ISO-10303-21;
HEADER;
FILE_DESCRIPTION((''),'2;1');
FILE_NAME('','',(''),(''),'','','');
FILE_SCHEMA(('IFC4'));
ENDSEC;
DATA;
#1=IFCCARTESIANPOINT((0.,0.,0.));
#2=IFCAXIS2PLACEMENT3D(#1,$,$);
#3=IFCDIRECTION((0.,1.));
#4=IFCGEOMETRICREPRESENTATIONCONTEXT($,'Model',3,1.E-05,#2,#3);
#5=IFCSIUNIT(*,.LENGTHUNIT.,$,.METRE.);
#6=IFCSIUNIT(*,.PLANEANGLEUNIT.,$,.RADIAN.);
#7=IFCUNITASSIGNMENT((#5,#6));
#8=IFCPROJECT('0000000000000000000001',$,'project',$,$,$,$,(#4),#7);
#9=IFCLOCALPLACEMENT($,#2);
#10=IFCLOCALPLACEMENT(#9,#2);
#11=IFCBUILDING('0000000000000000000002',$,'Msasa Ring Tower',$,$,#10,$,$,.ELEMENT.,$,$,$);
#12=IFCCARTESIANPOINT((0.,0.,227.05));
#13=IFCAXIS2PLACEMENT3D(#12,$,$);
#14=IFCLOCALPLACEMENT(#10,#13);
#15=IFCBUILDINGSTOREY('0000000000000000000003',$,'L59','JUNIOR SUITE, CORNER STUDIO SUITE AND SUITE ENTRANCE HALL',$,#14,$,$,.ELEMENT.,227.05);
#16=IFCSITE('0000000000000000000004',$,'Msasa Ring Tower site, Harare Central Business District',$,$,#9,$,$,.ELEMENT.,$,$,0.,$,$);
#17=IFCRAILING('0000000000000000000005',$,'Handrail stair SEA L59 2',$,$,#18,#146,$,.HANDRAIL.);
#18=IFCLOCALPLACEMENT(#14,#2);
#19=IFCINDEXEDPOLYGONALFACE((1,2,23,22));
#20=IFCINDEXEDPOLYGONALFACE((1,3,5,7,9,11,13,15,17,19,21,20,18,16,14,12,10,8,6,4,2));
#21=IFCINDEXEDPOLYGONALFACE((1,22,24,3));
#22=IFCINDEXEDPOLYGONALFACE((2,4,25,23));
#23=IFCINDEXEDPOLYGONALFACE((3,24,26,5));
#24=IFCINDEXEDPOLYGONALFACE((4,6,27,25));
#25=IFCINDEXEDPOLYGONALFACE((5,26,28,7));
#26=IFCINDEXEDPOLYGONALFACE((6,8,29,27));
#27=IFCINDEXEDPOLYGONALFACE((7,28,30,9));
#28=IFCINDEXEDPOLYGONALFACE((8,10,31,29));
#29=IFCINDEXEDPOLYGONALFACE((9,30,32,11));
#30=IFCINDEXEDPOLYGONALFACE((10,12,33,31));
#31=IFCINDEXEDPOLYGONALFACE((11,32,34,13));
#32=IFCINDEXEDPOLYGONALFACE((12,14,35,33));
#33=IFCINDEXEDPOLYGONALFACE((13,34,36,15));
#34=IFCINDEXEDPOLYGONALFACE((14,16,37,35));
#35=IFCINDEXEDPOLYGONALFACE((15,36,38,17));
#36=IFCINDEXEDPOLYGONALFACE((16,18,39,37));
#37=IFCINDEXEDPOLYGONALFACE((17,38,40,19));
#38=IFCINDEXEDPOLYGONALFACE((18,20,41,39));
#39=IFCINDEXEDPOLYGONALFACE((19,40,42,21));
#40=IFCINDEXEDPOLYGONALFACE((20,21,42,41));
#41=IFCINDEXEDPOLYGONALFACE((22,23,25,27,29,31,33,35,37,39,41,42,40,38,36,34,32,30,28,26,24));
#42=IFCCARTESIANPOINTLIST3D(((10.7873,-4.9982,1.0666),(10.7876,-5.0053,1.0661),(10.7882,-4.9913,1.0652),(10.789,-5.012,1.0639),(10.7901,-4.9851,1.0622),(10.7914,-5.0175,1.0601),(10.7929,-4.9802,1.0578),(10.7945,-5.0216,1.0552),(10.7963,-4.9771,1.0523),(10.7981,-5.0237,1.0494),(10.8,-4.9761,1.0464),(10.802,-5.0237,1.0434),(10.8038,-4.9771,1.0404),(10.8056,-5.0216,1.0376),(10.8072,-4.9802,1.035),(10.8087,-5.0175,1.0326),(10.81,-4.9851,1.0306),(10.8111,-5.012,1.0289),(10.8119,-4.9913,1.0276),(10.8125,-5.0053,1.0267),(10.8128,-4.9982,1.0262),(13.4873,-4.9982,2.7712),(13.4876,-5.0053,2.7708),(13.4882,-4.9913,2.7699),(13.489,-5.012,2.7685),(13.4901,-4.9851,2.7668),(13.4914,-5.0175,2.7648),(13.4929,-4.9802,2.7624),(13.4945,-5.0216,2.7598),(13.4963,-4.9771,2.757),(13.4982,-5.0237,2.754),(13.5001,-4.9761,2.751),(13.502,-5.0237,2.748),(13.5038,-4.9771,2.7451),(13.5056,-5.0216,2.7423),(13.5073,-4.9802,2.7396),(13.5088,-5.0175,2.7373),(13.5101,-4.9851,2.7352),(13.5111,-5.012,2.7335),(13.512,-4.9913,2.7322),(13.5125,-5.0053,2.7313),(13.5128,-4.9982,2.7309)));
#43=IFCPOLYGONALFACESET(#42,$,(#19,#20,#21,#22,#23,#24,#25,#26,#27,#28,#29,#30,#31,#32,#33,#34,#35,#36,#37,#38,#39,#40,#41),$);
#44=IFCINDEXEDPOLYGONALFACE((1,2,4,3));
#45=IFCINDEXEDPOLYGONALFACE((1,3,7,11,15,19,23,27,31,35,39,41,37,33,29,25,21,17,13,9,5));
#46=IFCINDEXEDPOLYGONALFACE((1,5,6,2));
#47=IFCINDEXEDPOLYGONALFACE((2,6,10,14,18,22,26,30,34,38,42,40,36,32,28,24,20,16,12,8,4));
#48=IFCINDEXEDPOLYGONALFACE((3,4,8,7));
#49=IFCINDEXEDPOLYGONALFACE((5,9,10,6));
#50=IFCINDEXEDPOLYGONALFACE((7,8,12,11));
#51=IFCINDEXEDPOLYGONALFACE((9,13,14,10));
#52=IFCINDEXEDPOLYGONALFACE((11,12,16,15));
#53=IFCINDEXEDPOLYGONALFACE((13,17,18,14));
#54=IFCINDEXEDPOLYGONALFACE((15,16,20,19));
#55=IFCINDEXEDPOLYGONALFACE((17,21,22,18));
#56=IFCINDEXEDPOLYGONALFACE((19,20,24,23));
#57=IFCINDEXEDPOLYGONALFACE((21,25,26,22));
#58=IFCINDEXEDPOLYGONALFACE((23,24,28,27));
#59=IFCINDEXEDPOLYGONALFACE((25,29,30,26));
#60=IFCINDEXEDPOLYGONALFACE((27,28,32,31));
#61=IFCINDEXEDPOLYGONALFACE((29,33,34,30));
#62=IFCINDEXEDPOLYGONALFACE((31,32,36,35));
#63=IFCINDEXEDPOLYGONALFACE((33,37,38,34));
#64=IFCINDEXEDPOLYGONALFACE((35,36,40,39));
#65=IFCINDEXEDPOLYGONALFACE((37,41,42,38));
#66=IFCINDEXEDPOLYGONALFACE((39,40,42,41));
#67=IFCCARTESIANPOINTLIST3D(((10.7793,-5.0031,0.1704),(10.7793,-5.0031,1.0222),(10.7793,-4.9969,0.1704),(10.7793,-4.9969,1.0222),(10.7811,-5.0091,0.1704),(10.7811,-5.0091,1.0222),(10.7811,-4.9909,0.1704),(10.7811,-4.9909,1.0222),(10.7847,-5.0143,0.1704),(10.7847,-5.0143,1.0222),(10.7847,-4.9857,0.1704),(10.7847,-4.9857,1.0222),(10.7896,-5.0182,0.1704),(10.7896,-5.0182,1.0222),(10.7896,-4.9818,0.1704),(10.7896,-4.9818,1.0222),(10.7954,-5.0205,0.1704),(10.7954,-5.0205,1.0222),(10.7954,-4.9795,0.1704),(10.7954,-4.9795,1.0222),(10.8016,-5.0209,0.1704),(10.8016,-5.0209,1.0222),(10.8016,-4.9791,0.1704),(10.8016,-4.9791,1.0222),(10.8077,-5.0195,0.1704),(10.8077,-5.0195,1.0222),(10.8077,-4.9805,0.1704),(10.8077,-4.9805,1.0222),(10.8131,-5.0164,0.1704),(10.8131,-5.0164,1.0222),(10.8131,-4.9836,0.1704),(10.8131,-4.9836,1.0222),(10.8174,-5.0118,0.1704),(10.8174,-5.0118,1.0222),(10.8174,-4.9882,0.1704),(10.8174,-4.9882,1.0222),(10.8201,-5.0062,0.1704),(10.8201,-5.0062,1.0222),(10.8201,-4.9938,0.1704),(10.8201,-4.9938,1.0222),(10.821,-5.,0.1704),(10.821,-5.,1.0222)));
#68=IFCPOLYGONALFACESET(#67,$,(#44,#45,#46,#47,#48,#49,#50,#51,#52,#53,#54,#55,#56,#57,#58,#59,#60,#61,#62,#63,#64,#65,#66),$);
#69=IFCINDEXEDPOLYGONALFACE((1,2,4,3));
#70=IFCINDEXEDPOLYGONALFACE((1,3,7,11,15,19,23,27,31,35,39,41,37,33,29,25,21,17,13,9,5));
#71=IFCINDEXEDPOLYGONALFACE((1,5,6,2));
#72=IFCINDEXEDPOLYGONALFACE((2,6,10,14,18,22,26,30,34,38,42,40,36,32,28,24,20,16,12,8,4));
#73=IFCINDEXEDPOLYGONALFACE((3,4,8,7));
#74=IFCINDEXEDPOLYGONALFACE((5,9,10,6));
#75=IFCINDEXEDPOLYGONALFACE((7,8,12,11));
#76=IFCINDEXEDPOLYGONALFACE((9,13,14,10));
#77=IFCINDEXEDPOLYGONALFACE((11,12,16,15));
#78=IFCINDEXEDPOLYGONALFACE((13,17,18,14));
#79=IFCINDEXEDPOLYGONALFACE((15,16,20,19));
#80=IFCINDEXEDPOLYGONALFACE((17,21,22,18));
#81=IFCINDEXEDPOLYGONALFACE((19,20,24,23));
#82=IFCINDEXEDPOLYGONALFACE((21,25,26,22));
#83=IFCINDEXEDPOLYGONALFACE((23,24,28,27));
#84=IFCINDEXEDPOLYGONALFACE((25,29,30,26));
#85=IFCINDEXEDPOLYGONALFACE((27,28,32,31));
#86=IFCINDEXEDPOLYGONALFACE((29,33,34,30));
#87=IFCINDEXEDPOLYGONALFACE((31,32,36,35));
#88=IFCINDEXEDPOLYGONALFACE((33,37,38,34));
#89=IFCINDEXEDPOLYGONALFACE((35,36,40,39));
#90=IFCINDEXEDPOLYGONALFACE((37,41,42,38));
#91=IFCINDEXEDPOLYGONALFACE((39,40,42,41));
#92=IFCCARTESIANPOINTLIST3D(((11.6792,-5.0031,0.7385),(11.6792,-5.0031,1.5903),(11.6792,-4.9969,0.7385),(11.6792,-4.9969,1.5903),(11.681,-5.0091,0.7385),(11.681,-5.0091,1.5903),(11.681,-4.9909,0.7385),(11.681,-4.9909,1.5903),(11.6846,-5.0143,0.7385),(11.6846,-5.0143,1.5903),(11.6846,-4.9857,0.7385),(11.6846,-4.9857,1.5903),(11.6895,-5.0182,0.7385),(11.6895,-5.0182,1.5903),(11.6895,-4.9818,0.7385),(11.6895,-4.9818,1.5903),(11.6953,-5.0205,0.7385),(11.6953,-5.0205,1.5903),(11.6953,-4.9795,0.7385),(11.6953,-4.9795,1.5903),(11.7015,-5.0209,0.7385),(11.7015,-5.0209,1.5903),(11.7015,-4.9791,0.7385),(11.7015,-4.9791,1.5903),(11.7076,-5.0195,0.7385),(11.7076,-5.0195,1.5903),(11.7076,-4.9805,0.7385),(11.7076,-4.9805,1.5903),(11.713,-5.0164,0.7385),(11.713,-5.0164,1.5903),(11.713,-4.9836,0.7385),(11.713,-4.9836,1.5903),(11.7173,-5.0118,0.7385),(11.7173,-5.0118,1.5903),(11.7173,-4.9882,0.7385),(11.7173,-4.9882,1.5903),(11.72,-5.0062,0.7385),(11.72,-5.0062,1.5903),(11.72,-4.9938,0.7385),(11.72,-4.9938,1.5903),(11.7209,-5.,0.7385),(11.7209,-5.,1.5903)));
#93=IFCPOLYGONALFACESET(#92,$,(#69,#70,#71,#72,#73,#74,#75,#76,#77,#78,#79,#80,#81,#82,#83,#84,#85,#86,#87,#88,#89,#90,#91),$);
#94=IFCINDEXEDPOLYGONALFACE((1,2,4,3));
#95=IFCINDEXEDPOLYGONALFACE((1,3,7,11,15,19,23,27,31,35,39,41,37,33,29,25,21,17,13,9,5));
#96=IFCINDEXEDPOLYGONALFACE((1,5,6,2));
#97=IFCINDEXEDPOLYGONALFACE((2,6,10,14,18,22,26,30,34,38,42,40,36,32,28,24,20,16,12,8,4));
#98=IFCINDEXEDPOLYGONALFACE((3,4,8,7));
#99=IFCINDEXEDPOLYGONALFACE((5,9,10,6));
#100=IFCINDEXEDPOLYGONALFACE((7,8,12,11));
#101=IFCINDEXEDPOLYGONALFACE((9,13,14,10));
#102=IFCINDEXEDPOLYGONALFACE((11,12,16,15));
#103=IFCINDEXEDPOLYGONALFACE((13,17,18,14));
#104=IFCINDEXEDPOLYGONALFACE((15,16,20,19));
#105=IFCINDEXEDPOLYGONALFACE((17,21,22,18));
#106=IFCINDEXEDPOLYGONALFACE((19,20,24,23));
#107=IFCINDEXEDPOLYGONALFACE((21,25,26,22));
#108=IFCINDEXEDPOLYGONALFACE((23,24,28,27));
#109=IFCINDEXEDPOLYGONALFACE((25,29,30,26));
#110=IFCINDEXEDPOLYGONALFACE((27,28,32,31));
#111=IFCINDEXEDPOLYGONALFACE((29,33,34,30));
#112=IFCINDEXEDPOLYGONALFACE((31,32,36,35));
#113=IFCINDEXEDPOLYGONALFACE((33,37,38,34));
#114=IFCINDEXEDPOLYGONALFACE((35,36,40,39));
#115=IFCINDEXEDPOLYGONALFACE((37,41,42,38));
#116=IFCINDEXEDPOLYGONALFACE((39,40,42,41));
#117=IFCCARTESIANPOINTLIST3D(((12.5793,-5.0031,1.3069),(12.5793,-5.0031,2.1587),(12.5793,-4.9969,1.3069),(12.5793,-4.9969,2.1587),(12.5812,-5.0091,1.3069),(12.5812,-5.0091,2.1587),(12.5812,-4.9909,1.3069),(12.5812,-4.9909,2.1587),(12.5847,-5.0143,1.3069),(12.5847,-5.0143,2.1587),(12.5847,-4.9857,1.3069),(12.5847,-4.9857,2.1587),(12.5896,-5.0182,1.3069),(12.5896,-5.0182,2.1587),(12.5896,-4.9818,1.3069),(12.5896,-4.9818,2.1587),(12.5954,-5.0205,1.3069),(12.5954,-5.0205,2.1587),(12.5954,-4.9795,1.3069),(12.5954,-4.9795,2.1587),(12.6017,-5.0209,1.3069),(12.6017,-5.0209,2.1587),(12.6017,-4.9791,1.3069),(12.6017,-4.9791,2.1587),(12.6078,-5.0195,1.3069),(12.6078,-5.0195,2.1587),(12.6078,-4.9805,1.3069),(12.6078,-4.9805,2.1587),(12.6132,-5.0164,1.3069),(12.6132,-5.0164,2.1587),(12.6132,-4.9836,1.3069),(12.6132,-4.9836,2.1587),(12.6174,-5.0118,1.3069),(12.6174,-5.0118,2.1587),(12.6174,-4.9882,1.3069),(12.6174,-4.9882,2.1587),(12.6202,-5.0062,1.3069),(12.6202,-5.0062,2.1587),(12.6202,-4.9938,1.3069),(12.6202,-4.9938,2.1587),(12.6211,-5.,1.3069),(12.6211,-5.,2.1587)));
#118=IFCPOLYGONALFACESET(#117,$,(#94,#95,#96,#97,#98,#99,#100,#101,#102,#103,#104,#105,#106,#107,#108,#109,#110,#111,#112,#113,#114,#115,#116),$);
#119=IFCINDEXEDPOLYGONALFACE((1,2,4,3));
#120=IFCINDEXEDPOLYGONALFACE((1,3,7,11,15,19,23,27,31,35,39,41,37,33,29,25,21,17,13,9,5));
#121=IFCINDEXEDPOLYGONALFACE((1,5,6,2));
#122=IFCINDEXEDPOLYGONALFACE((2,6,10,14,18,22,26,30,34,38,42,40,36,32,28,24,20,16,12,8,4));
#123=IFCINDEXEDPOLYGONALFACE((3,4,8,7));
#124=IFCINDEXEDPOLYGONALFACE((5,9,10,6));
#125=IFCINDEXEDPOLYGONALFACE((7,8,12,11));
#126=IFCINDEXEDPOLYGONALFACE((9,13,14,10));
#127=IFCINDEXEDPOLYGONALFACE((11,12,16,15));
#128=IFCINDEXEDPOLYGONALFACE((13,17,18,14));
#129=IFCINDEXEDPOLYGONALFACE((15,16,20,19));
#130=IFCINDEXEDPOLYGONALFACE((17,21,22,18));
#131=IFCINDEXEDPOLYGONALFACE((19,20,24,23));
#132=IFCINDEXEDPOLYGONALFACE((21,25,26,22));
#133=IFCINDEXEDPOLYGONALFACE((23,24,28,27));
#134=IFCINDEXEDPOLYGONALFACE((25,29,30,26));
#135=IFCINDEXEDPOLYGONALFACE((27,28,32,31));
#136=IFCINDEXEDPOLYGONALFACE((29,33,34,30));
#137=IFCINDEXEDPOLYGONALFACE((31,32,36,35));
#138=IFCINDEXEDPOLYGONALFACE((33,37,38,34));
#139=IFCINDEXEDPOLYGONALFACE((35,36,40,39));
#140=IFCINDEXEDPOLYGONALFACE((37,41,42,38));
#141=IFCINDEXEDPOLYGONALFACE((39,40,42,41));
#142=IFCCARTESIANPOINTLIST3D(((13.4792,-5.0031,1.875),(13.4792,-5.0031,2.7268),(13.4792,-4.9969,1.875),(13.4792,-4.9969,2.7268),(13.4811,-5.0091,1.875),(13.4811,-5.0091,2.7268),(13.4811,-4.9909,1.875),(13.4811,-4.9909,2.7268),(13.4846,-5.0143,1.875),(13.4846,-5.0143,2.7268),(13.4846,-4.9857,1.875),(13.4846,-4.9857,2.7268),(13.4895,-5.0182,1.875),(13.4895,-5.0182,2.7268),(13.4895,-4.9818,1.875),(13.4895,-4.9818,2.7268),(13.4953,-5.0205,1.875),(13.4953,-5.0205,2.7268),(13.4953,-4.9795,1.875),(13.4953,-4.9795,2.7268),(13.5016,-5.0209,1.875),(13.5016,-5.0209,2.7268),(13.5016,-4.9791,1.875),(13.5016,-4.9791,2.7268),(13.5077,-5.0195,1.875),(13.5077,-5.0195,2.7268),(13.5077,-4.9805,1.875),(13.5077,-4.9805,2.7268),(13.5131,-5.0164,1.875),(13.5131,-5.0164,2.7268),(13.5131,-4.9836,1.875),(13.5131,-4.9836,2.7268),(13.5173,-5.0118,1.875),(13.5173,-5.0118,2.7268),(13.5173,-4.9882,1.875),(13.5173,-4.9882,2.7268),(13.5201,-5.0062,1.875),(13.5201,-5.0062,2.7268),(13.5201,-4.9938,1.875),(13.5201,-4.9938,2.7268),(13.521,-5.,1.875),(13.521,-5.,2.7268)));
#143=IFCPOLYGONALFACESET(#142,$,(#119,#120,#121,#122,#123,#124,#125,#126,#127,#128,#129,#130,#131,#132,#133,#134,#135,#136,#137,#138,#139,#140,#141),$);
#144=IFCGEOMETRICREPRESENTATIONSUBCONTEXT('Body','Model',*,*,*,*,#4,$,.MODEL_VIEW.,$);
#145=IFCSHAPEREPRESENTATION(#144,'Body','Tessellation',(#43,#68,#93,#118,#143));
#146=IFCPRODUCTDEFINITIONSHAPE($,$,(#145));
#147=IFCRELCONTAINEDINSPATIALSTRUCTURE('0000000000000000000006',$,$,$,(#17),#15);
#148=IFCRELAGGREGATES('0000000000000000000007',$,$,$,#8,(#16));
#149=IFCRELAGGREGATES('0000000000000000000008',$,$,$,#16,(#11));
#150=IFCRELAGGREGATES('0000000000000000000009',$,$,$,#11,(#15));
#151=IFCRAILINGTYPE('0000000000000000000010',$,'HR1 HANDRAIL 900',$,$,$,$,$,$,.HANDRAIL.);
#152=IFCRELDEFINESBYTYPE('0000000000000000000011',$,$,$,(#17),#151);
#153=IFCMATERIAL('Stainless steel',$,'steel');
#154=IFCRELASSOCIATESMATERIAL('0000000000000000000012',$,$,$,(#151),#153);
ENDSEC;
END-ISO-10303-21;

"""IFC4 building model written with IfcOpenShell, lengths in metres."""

from ifc_helpers import new_model, si_unit, direction, frame, origin, origin_2d, place, context, subcontext, project, spatial, circle, extrude, material, type_object, element, save


model = new_model("IFC4")

# Units and contexts
model_context = context("Model", 3, precision=1e-05, world=origin(), true_north=direction((0.0, 1.0)))
body_context = subcontext(model_context, "Body", "Model", "MODEL_VIEW")
ifc_project = project(units=[si_unit("LENGTHUNIT", "METRE"), si_unit("PLANEANGLEUNIT", "RADIAN")], contexts=[model_context])

# Site, building, storey
site_placement = place(None, origin())
site = spatial("IfcSite", under=ifc_project, at=site_placement, Name="Msasa Ring Tower site, Harare Central Business District", CompositionType="ELEMENT", RefElevation=0.0)
building_placement = place(site_placement, origin())
building = spatial("IfcBuilding", under=site, at=building_placement, Name="Msasa Ring Tower", CompositionType="ELEMENT")
storey_placement = place(building_placement, frame((0.0, 0.0, 227.05)))
storey = spatial("IfcBuildingStorey", under=building, at=storey_placement, Name="L59", Description="JUNIOR SUITE, CORNER STUDIO SUITE AND SUITE ENTRANCE HALL", CompositionType="ELEMENT", Elevation=227.05)

# Railing
ifc_material_1 = material(Name="Stainless steel", Category="steel")
railing_type = type_object("IfcRailingType", Name="HR1 HANDRAIL 900", PredefinedType="HANDRAIL", material=ifc_material_1)
railing_placement = place(storey_placement, frame((10.8, -5.0, 0.1704)))
element("IfcRailing", 1, at=railing_placement, inside=storey, type_object=railing_type, Name="Handrail stair SEA L59 2", PredefinedType="HANDRAIL", context=body_context, shape_type="SweptSolid", body=[
    extrude(circle(Radius=0.0239, at=origin_2d()), frame((0.0, 0.0, 0.876), z_axis=(0.84558, 0.0, 0.533849), x_axis=(0.0, 1.0, 0.0)), (0.0, 0.0, 1.0), 3.1931),
    extrude(circle(Radius=0.021, at=origin_2d()), origin(), (0.0, 0.0, 1.0), 0.8518),
    extrude(circle(Radius=0.021, at=origin_2d()), frame((0.8999, 0.0, 0.5681)), (0.0, 0.0, 1.0), 0.8518),
    extrude(circle(Radius=0.021, at=origin_2d()), frame((1.8, 0.0, 1.1365)), (0.0, 0.0, 1.0), 0.8518),
    extrude(circle(Radius=0.021, at=origin_2d()), frame((2.7, 0.0, 1.7046)), (0.0, 0.0, 1.0), 0.8518),
])

save(model, "model.ifc")
